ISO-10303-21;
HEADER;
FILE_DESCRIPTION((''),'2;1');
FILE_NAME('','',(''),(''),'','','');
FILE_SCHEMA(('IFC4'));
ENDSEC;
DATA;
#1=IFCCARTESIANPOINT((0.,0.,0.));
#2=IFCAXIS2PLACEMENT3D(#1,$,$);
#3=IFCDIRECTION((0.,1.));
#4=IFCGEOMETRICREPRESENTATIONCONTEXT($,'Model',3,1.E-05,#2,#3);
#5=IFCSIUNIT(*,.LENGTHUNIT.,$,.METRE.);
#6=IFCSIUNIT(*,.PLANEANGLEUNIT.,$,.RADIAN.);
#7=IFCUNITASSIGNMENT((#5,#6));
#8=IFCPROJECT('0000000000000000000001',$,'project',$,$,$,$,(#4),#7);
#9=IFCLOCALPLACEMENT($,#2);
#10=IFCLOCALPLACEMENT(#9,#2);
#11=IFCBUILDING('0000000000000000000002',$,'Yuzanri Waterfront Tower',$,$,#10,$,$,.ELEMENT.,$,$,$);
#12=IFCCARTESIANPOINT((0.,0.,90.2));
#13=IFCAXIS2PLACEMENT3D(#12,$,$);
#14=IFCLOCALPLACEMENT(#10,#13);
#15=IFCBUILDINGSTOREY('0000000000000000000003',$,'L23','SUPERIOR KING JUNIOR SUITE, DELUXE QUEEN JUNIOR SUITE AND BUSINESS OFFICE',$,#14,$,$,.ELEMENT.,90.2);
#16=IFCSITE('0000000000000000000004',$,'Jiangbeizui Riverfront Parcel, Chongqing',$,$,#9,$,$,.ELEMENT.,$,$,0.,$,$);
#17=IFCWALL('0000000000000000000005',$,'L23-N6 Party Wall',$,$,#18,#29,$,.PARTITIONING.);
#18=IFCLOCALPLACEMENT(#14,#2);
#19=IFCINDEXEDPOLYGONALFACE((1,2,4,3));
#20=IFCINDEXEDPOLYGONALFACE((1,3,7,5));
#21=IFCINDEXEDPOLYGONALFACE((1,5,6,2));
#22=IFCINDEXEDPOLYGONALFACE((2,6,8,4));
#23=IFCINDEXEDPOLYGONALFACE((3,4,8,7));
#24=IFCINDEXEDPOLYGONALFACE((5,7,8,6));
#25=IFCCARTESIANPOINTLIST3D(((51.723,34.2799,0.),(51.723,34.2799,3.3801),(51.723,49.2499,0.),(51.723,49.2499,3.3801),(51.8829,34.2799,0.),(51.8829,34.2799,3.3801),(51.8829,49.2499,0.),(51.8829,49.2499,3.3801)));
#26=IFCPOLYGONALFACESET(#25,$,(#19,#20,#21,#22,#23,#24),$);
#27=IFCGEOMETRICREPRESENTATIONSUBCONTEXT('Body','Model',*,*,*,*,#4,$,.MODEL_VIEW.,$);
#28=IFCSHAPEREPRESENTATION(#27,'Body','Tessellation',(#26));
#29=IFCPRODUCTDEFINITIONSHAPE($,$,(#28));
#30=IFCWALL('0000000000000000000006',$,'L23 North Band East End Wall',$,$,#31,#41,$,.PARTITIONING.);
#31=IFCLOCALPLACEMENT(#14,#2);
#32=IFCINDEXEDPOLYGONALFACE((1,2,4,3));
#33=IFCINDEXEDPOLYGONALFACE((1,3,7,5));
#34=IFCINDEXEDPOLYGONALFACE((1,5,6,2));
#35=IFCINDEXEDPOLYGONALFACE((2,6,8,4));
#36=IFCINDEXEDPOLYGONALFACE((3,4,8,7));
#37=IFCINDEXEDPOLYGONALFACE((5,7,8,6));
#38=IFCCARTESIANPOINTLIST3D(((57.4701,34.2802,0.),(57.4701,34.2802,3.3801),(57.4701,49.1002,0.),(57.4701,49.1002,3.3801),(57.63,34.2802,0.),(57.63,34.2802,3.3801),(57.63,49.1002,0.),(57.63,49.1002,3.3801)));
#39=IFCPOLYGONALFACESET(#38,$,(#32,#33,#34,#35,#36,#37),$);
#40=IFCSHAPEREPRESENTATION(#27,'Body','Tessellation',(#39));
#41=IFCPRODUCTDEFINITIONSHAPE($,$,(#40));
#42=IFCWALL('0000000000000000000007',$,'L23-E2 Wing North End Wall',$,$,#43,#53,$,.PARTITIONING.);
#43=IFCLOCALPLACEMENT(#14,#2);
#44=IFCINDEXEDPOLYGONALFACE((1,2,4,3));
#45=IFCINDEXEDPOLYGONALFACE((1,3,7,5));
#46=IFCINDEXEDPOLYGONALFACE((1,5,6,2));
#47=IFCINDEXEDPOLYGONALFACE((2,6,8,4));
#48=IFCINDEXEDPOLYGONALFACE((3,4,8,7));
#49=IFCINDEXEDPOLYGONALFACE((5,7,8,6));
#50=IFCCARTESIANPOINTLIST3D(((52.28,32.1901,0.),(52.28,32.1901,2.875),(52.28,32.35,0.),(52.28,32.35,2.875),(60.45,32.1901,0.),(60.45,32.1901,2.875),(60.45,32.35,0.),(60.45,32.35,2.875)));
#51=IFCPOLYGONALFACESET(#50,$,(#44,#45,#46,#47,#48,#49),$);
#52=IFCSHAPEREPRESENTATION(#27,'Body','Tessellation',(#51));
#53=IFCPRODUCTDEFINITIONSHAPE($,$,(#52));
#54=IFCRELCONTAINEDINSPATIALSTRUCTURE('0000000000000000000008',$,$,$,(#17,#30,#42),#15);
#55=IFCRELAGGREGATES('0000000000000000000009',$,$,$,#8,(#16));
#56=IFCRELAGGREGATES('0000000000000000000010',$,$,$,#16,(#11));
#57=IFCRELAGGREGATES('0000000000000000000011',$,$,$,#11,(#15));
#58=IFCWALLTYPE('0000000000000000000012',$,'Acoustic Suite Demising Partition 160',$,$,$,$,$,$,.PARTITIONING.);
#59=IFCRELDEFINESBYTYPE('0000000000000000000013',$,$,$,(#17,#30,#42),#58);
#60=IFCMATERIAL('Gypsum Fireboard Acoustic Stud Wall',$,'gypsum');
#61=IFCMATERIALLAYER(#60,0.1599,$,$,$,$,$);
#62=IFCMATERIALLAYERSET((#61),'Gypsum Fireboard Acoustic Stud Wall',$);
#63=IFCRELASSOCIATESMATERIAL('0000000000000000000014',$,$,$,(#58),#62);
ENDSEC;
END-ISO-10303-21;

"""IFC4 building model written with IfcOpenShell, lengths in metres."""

from ifc_helpers import new_model, si_unit, direction, frame, frame_2d, origin, place, context, subcontext, project, spatial, rectangle, extrude, source, transform, mapped, material, layer, layer_set, type_object, element, save


model = new_model("IFC4")

# Units and contexts
model_context = context("Model", 3, precision=1e-05, world=origin(), true_north=direction((0.0, 1.0)))
body_context = subcontext(model_context, "Body", "Model", "MODEL_VIEW")
ifc_project = project(units=[si_unit("LENGTHUNIT", "METRE"), si_unit("PLANEANGLEUNIT", "RADIAN")], contexts=[model_context])

# Site, building, storey
site_placement = place(None, origin())
site = spatial("IfcSite", under=ifc_project, at=site_placement, Name="Jiangbeizui Riverfront Parcel, Chongqing", CompositionType="ELEMENT", RefElevation=0.0)
building_placement = place(site_placement, origin())
building = spatial("IfcBuilding", under=site, at=building_placement, Name="Yuzanri Waterfront Tower", CompositionType="ELEMENT")
storey_placement = place(building_placement, frame((0.0, 0.0, 90.2)))
storey = spatial("IfcBuildingStorey", under=building, at=storey_placement, Name="L23", Description="SUPERIOR KING JUNIOR SUITE, DELUXE QUEEN JUNIOR SUITE AND BUSINESS OFFICE", CompositionType="ELEMENT", Elevation=90.2)

# Walls
ifc_material_1 = material(Name="Gypsum Fireboard Acoustic Stud Wall", Category="gypsum")
ifc_layer_1 = layer(ifc_material_1, 0.1599)
ifc_layer_set_1 = layer_set([ifc_layer_1], Name="Gypsum Fireboard Acoustic Stud Wall")
wall_type_1 = type_object("IfcWallType", Name="Acoustic Suite Demising Partition 160", PredefinedType="PARTITIONING", material=ifc_layer_set_1)
shared_shape_1 = source(origin(), body_context, "Body", "SweptSolid", [
    extrude(rectangle(XDim=14.97, YDim=0.1599, at=frame_2d((7.4849, 0.0))), origin(), (0.0, 0.0, 1.0), 3.3801),
])
wall_1_placement = place(storey_placement, frame((51.803, 34.28, 0.0), z_axis=(0.0, 0.0, 1.0), x_axis=(0.0, 1.0, 0.0)))
element("IfcWall", 1, at=wall_1_placement, inside=storey, type_object=wall_type_1, Name="L23-N6 Party Wall", PredefinedType="PARTITIONING", context=body_context, shape_type="MappedRepresentation", body=[
    mapped(shared_shape_1, transform((0.0, 0.0, 0.0), scale=1.0)),
])
shared_shape_2 = source(origin(), body_context, "Body", "SweptSolid", [
    extrude(rectangle(XDim=14.8201, YDim=0.1599, at=frame_2d((7.4102, 0.0))), origin(), (0.0, 0.0, 1.0), 3.3801),
])
wall_2_placement = place(storey_placement, frame((57.55, 34.28, 0.0), z_axis=(0.0, 0.0, 1.0), x_axis=(0.0, 1.0, 0.0)))
element("IfcWall", 2, at=wall_2_placement, inside=storey, type_object=wall_type_1, Name="L23 North Band East End Wall", PredefinedType="PARTITIONING", context=body_context, shape_type="MappedRepresentation", body=[
    mapped(shared_shape_2, transform((0.0, 0.0, 0.0), scale=1.0)),
])
shared_shape_3 = source(origin(), body_context, "Body", "SweptSolid", [
    extrude(rectangle(XDim=8.1699, YDim=0.1599, at=frame_2d((4.085, 0.0))), origin(), (0.0, 0.0, 1.0), 2.875),
])
wall_3_placement = place(storey_placement, frame((52.28, 32.27, 0.0), z_axis=(0.0, 0.0, 1.0), x_axis=(1.0, 0.0, 0.0)))
element("IfcWall", 3, at=wall_3_placement, inside=storey, type_object=wall_type_1, Name="L23-E2 Wing North End Wall", PredefinedType="PARTITIONING", context=body_context, shape_type="MappedRepresentation", body=[
    mapped(shared_shape_3, transform((0.0, 0.0, 0.0), scale=1.0)),
])

save(model, "model.ifc")
